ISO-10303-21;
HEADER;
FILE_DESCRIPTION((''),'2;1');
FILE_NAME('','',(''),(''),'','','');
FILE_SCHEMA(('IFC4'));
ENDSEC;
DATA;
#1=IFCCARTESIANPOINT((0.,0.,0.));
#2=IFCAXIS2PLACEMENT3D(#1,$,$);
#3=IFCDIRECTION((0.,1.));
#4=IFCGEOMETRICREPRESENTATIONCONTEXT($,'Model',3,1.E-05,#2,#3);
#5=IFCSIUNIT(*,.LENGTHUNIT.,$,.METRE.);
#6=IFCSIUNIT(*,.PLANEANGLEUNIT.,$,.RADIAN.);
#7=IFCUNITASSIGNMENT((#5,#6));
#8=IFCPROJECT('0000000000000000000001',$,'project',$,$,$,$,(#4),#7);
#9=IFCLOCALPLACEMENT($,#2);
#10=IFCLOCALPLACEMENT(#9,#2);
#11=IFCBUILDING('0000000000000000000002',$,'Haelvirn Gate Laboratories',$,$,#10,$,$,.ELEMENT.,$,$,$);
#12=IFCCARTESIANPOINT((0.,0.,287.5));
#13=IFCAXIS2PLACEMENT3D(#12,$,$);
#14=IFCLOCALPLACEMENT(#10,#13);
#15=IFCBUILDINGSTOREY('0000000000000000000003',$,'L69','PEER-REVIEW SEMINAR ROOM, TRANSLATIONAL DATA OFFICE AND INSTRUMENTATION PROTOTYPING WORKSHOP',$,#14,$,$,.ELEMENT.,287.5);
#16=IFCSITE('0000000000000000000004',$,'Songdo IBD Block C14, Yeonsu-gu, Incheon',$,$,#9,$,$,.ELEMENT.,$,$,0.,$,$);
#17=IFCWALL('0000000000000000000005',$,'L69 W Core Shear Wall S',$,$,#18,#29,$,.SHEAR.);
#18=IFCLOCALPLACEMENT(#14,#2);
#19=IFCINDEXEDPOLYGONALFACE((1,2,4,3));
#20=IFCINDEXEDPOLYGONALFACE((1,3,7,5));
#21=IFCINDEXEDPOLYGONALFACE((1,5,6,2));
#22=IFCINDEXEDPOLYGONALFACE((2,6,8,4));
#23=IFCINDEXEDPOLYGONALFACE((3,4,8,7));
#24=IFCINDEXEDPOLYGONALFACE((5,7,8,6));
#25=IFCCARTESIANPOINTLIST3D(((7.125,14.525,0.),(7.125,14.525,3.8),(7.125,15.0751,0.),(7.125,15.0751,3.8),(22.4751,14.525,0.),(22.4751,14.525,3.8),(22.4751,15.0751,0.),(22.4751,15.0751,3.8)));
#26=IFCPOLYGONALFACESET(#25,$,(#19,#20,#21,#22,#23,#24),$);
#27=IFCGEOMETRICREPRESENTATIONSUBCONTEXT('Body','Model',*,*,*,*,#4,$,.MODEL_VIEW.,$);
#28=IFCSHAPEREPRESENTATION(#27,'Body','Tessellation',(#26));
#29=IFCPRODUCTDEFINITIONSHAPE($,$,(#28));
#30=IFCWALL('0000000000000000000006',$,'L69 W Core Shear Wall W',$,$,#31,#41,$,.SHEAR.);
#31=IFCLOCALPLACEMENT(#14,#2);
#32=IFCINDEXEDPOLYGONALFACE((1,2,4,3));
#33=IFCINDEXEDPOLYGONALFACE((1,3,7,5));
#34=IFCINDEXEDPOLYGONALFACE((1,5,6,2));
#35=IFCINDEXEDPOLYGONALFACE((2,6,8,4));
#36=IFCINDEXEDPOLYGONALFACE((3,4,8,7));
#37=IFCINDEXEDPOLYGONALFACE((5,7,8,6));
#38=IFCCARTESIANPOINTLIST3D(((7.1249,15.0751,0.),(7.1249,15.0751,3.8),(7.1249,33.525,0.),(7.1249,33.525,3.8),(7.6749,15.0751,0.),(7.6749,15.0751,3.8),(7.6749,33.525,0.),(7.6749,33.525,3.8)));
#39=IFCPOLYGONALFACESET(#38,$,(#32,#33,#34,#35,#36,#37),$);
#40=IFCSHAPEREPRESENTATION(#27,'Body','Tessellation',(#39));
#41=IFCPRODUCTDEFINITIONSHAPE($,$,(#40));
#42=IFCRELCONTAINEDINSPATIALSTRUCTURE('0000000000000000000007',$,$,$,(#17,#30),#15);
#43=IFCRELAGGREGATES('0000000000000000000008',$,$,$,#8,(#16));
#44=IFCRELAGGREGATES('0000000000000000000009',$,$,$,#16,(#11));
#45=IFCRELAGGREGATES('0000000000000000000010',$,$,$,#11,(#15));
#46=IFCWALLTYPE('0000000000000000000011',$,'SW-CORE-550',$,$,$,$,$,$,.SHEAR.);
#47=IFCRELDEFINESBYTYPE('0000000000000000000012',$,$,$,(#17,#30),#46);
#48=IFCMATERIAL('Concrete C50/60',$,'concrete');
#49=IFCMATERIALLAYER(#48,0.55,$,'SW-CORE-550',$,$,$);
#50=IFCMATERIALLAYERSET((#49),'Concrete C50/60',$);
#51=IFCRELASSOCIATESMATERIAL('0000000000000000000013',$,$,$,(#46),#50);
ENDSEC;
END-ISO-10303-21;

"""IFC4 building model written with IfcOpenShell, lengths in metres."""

from ifc_helpers import new_model, si_unit, direction, frame, frame_2d, origin, place, context, subcontext, project, spatial, rectangle, extrude, material, layer, layer_set, type_object, element, save


model = new_model("IFC4")

# Units and contexts
model_context = context("Model", 3, precision=1e-05, world=origin(), true_north=direction((0.0, 1.0)))
body_context = subcontext(model_context, "Body", "Model", "MODEL_VIEW")
ifc_project = project(units=[si_unit("LENGTHUNIT", "METRE"), si_unit("PLANEANGLEUNIT", "RADIAN")], contexts=[model_context])

# Site, building, storey
site_placement = place(None, origin())
site = spatial("IfcSite", under=ifc_project, at=site_placement, Name="Songdo IBD Block C14, Yeonsu-gu, Incheon", CompositionType="ELEMENT", RefElevation=0.0)
building_placement = place(site_placement, origin())
building = spatial("IfcBuilding", under=site, at=building_placement, Name="Haelvirn Gate Laboratories", CompositionType="ELEMENT")
storey_placement = place(building_placement, frame((0.0, 0.0, 287.5)))
storey = spatial("IfcBuildingStorey", under=building, at=storey_placement, Name="L69", Description="PEER-REVIEW SEMINAR ROOM, TRANSLATIONAL DATA OFFICE AND INSTRUMENTATION PROTOTYPING WORKSHOP", CompositionType="ELEMENT", Elevation=287.5)

# Walls
ifc_material_1 = material(Name="Concrete C50/60", Category="concrete")
ifc_layer_1 = layer(ifc_material_1, 0.55, Name="SW-CORE-550")
ifc_layer_set_1 = layer_set([ifc_layer_1], Name="Concrete C50/60")
wall_type_1 = type_object("IfcWallType", Name="SW-CORE-550", PredefinedType="SHEAR", material=ifc_layer_set_1)
wall_1_placement = place(storey_placement, frame((7.125, 14.8, 0.0), z_axis=(0.0, 0.0, 1.0), x_axis=(1.0, 0.0, 0.0)))
element("IfcWall", 1, at=wall_1_placement, inside=storey, type_object=wall_type_1, Name="L69 W Core Shear Wall S", PredefinedType="SHEAR", context=body_context, shape_type="SweptSolid", body=[
    extrude(rectangle(XDim=15.3501, YDim=0.55, at=frame_2d((7.675, 0.0))), origin(), (0.0, 0.0, 1.0), 3.8),
])
wall_2_placement = place(storey_placement, frame((7.3999, 15.075, 0.0), z_axis=(0.0, 0.0, 1.0), x_axis=(0.0, 1.0, 0.0)))
element("IfcWall", 2, at=wall_2_placement, inside=storey, type_object=wall_type_1, Name="L69 W Core Shear Wall W", PredefinedType="SHEAR", context=body_context, shape_type="SweptSolid", body=[
    extrude(rectangle(XDim=18.45, YDim=0.55, at=frame_2d((9.2251, 0.0))), origin(), (0.0, 0.0, 1.0), 3.8),
])

save(model, "model.ifc")
